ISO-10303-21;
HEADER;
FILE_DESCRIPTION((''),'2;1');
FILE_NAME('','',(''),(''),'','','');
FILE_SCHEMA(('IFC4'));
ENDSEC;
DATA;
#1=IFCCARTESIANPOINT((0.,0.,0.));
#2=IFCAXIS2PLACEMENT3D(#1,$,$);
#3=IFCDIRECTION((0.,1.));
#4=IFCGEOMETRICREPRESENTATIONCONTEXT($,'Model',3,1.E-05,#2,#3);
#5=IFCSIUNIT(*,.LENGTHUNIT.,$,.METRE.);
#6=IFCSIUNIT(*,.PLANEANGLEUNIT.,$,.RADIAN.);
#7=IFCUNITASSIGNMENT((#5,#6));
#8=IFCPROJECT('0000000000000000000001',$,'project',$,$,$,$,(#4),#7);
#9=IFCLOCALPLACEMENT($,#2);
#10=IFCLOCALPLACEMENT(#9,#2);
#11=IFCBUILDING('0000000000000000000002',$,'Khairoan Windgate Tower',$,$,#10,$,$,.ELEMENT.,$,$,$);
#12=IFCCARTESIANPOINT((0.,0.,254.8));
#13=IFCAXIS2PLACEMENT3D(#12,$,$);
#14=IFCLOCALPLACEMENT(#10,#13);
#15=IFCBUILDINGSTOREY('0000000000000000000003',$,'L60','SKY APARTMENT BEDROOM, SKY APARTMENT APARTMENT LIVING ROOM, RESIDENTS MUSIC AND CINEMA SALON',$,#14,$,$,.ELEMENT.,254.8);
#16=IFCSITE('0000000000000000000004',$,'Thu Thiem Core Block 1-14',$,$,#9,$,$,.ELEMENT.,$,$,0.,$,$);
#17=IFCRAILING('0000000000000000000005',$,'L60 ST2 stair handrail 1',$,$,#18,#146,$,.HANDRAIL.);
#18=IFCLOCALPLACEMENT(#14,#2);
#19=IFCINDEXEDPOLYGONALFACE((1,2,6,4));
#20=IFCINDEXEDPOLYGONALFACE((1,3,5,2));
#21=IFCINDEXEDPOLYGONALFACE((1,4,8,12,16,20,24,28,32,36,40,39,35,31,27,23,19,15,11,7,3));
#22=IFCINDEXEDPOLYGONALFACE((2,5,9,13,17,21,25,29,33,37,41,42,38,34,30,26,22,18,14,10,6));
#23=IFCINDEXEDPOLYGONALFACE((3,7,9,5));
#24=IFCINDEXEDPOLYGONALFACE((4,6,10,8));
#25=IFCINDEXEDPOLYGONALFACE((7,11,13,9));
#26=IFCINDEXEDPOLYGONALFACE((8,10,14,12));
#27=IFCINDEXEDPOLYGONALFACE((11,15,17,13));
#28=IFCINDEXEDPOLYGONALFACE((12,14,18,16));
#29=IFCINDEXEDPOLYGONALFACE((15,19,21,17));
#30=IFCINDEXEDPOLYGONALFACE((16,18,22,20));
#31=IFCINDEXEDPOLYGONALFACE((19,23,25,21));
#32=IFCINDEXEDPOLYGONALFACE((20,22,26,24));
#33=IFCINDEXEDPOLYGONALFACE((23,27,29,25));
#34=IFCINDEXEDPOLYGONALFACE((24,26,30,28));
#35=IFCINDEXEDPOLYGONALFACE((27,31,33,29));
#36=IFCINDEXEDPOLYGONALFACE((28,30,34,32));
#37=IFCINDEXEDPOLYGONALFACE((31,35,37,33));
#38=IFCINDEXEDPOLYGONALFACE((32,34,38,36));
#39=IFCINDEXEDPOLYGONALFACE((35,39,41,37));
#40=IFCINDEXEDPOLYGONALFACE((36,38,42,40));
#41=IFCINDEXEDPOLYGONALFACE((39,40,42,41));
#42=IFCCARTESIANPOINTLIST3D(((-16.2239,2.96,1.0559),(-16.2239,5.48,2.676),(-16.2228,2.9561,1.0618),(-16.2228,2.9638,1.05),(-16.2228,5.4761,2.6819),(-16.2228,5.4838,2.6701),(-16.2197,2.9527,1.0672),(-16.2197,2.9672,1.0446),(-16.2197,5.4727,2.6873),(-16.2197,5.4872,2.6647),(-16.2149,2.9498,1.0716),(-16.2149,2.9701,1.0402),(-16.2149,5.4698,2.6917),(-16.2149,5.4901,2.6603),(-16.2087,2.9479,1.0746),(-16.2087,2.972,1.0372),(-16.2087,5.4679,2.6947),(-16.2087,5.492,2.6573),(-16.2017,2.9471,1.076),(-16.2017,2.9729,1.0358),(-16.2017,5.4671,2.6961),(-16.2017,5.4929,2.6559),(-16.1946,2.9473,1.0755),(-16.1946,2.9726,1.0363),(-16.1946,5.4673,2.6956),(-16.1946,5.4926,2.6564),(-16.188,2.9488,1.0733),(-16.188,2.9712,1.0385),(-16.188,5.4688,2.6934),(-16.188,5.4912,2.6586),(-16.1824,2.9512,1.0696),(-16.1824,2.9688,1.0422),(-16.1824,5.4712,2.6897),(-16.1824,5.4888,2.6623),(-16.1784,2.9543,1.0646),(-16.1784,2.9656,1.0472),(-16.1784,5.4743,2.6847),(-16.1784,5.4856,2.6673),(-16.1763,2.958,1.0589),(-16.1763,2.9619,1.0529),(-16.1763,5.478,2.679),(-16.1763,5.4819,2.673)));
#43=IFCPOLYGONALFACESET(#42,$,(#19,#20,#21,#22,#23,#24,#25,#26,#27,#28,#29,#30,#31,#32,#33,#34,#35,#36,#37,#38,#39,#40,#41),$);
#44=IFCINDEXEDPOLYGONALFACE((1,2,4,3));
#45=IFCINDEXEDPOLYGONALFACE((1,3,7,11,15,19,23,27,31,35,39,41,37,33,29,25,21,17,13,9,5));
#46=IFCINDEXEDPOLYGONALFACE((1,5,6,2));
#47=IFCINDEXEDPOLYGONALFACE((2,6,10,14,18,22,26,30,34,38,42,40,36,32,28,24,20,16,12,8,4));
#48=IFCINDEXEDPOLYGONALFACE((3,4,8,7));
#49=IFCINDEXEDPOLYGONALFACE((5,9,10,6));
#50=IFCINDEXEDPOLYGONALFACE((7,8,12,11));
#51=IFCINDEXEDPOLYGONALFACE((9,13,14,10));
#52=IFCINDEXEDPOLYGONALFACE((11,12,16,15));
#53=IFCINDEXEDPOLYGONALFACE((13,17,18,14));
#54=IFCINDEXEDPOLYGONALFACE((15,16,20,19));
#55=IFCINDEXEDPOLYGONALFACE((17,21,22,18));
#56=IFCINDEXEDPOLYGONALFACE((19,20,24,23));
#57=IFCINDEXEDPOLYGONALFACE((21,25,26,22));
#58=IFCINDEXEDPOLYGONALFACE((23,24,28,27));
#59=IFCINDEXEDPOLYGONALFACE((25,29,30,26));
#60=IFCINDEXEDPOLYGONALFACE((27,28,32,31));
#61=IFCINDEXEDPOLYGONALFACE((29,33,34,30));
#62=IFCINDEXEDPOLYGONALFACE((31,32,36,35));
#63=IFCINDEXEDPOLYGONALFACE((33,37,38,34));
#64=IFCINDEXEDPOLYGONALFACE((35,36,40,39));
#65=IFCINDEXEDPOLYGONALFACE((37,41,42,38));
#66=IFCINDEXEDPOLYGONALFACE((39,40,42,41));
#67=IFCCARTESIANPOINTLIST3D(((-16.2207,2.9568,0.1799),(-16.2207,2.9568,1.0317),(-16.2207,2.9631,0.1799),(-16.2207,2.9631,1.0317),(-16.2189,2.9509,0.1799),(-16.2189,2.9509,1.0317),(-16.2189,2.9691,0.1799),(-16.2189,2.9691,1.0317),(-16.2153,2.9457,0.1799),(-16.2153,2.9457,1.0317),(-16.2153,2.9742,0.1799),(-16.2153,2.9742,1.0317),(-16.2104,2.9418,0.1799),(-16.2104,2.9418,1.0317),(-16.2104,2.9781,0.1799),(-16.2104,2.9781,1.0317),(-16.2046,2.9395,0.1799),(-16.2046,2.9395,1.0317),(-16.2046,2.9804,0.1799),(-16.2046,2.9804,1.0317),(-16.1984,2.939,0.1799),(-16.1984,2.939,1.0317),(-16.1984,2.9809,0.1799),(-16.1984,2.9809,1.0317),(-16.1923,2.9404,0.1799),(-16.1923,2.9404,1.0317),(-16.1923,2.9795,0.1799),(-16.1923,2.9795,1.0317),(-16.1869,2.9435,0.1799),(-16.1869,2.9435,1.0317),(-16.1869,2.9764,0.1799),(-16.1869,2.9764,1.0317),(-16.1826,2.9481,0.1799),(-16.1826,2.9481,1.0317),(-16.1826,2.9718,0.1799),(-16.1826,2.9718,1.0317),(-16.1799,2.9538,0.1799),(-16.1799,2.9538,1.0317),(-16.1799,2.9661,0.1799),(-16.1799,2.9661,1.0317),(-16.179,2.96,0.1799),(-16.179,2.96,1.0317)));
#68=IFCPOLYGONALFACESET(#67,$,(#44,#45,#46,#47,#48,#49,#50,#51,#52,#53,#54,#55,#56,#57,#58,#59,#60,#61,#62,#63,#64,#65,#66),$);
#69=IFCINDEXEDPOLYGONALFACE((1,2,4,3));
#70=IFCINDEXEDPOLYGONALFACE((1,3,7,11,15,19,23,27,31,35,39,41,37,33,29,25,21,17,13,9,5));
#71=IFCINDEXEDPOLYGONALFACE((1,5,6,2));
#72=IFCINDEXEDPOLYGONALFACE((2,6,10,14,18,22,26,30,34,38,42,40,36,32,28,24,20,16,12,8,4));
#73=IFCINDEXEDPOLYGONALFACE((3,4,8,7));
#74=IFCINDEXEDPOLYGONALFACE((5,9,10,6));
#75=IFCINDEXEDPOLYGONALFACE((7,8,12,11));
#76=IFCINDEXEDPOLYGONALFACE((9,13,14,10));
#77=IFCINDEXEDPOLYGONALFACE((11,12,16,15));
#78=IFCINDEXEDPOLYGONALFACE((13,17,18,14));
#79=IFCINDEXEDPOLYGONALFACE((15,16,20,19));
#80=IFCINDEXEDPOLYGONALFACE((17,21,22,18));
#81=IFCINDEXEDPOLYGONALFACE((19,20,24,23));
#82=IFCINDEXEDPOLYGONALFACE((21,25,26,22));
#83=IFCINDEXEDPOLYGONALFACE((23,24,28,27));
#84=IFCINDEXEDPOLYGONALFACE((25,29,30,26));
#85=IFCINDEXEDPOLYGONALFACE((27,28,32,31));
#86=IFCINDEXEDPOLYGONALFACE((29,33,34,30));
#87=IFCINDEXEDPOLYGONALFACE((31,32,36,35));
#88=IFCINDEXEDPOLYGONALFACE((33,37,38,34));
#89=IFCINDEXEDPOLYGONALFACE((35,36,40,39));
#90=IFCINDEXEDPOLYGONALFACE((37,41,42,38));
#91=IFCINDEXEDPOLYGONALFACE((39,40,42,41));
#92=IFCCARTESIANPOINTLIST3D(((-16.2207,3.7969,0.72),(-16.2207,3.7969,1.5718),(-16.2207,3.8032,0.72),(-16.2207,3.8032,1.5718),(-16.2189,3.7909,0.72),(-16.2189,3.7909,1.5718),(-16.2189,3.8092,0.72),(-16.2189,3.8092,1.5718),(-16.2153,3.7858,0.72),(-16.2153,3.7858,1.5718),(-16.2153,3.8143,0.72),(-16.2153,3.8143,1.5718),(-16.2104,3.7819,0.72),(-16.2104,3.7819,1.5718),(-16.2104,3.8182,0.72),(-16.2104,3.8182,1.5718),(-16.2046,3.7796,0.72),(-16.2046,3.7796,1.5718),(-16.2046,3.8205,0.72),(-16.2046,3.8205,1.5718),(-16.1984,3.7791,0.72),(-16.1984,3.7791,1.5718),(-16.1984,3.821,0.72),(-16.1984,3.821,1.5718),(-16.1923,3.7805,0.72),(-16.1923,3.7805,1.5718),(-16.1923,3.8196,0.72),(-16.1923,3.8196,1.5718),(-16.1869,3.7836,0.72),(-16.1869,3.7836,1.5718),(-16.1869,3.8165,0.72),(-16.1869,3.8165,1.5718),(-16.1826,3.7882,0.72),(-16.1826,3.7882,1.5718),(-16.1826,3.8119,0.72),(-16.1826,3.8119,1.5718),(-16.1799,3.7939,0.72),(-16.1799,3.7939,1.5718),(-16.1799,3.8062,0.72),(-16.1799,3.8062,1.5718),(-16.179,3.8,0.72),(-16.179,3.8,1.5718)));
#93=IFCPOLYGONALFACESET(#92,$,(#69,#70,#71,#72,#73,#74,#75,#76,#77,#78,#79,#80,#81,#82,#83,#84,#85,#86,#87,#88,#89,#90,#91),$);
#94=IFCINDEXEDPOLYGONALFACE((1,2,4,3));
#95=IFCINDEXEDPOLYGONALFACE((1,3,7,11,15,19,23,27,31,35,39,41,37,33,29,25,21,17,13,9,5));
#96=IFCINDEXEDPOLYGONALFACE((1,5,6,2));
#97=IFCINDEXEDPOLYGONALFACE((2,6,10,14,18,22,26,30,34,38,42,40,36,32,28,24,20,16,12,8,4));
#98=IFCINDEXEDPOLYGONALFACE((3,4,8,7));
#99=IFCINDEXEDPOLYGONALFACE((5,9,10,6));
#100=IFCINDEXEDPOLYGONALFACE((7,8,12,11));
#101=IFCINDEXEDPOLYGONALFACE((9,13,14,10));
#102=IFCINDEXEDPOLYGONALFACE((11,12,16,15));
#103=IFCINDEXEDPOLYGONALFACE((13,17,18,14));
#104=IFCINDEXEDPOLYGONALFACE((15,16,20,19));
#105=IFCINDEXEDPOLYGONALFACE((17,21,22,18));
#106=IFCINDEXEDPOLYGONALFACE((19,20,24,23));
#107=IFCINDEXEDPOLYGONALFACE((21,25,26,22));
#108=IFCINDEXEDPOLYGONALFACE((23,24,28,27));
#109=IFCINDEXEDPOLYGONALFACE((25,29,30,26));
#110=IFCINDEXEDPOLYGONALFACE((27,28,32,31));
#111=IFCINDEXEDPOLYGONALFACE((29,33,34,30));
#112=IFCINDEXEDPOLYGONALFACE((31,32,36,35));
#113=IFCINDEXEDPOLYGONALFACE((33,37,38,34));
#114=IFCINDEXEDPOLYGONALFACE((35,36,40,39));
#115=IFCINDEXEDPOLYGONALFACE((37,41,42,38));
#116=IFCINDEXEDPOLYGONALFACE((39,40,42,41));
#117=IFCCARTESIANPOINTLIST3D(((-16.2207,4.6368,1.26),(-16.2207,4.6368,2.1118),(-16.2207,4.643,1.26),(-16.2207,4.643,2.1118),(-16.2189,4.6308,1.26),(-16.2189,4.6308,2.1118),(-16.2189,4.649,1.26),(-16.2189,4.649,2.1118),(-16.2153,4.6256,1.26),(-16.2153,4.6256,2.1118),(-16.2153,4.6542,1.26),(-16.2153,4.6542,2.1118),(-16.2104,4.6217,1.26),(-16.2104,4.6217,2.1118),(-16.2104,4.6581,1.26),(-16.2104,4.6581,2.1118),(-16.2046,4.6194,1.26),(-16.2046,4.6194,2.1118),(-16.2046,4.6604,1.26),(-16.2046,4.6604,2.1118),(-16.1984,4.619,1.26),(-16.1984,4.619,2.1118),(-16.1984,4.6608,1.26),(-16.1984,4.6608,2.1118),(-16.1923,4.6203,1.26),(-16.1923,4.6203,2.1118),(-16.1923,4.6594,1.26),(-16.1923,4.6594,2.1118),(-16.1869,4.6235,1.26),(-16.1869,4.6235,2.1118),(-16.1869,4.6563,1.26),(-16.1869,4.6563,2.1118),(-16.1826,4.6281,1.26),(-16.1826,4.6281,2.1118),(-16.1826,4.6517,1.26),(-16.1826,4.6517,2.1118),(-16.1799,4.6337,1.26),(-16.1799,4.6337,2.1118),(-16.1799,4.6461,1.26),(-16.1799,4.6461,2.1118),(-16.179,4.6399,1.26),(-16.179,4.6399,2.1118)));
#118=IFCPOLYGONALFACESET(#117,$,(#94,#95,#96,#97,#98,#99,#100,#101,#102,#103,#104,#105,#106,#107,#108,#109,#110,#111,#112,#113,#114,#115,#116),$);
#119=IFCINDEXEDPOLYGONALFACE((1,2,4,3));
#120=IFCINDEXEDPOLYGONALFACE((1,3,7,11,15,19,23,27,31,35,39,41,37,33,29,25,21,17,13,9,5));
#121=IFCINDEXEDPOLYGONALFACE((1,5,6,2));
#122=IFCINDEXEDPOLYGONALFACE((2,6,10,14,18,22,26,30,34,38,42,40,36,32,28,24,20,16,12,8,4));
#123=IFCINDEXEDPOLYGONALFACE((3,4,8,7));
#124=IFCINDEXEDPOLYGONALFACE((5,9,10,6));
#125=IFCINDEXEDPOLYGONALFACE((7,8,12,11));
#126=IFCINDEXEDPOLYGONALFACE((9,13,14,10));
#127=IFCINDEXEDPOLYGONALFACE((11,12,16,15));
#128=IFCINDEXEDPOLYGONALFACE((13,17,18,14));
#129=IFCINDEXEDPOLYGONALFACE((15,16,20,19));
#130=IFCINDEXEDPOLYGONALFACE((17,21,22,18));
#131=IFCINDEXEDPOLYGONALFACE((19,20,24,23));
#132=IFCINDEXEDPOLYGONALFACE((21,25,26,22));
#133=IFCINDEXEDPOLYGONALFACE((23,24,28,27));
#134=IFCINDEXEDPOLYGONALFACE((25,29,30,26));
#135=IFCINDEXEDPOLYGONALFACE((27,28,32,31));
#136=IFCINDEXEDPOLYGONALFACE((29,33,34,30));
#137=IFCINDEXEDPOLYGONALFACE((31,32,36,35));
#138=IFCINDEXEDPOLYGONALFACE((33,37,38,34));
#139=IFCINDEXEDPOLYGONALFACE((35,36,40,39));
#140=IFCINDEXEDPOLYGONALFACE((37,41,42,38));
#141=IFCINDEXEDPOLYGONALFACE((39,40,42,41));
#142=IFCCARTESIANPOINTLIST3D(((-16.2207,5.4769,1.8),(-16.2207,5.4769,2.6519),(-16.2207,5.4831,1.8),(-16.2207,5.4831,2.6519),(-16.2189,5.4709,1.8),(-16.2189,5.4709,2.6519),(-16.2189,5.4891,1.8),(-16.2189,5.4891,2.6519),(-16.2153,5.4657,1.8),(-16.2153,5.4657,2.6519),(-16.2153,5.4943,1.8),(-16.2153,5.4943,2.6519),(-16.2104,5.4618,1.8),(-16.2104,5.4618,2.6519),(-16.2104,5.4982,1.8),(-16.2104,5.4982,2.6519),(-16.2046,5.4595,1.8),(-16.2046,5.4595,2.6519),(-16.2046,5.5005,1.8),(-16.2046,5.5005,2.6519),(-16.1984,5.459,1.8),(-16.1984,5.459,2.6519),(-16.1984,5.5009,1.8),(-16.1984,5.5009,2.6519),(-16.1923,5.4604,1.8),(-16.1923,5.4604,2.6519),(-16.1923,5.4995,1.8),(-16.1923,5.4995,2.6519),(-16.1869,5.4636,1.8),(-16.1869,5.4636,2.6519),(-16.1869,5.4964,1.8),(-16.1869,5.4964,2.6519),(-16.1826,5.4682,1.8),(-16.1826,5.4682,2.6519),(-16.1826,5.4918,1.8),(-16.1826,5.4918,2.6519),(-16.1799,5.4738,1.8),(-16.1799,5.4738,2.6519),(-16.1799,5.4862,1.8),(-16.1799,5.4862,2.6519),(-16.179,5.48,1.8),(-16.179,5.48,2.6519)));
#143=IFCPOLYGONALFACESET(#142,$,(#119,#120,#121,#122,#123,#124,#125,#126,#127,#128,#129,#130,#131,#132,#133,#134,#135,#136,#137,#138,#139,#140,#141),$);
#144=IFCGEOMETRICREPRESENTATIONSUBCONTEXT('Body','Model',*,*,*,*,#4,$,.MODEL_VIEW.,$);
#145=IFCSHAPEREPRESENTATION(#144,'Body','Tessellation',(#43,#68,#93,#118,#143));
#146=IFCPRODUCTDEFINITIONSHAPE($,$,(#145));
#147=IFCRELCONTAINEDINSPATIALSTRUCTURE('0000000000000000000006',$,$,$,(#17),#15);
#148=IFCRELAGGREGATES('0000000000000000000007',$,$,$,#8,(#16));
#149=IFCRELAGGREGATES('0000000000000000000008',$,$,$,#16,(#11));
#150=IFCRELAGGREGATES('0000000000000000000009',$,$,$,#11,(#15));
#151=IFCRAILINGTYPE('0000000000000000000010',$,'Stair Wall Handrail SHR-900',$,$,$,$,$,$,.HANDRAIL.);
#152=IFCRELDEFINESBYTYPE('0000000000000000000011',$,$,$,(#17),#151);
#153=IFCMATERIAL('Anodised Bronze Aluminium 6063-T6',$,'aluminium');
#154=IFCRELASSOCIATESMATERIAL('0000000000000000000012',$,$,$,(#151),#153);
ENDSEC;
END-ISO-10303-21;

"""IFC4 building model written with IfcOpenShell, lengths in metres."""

from ifc_helpers import new_model, si_unit, direction, frame, origin, origin_2d, place, context, subcontext, project, spatial, circle, extrude, material, type_object, element, save


model = new_model("IFC4")

# Units and contexts
model_context = context("Model", 3, precision=1e-05, world=origin(), true_north=direction((0.0, 1.0)))
body_context = subcontext(model_context, "Body", "Model", "MODEL_VIEW")
ifc_project = project(units=[si_unit("LENGTHUNIT", "METRE"), si_unit("PLANEANGLEUNIT", "RADIAN")], contexts=[model_context])

# Site, building, storey
site_placement = place(None, origin())
site = spatial("IfcSite", under=ifc_project, at=site_placement, Name="Thu Thiem Core Block 1-14", CompositionType="ELEMENT", RefElevation=0.0)
building_placement = place(site_placement, origin())
building = spatial("IfcBuilding", under=site, at=building_placement, Name="Khairoan Windgate Tower", CompositionType="ELEMENT")
storey_placement = place(building_placement, frame((0.0, 0.0, 254.8)))
storey = spatial("IfcBuildingStorey", under=building, at=storey_placement, Name="L60", Description="SKY APARTMENT BEDROOM, SKY APARTMENT APARTMENT LIVING ROOM, RESIDENTS MUSIC AND CINEMA SALON", CompositionType="ELEMENT", Elevation=254.8)

# Railing
ifc_material_1 = material(Name="Anodised Bronze Aluminium 6063-T6", Category="aluminium")
railing_type_1 = type_object("IfcRailingType", Name="Stair Wall Handrail SHR-900", PredefinedType="HANDRAIL", material=ifc_material_1)
railing_1_placement = place(storey_placement, frame((-16.2, 2.96, 0.1799)))
element("IfcRailing", 1, at=railing_1_placement, inside=storey, type_object=railing_type_1, Name="L60 ST2 stair handrail 1", PredefinedType="HANDRAIL", context=body_context, shape_type="SweptSolid", body=[
    extrude(circle(Radius=0.0239, at=origin_2d()), frame((0.0, 0.0, 0.876), z_axis=(0.0, 0.841163, 0.540782), x_axis=(-1.0, 0.0, 0.0)), (0.0, 0.0, 1.0), 2.9958),
    extrude(circle(Radius=0.021, at=origin_2d()), origin(), (0.0, 0.0, 1.0), 0.8518),
    extrude(circle(Radius=0.021, at=origin_2d()), frame((0.0, 0.8401, 0.54)), (0.0, 0.0, 1.0), 0.8518),
    extrude(circle(Radius=0.021, at=origin_2d()), frame((0.0, 1.6799, 1.0801)), (0.0, 0.0, 1.0), 0.8518),
    extrude(circle(Radius=0.021, at=origin_2d()), frame((0.0, 2.52, 1.6201)), (0.0, 0.0, 1.0), 0.8518),
])

save(model, "model.ifc")
